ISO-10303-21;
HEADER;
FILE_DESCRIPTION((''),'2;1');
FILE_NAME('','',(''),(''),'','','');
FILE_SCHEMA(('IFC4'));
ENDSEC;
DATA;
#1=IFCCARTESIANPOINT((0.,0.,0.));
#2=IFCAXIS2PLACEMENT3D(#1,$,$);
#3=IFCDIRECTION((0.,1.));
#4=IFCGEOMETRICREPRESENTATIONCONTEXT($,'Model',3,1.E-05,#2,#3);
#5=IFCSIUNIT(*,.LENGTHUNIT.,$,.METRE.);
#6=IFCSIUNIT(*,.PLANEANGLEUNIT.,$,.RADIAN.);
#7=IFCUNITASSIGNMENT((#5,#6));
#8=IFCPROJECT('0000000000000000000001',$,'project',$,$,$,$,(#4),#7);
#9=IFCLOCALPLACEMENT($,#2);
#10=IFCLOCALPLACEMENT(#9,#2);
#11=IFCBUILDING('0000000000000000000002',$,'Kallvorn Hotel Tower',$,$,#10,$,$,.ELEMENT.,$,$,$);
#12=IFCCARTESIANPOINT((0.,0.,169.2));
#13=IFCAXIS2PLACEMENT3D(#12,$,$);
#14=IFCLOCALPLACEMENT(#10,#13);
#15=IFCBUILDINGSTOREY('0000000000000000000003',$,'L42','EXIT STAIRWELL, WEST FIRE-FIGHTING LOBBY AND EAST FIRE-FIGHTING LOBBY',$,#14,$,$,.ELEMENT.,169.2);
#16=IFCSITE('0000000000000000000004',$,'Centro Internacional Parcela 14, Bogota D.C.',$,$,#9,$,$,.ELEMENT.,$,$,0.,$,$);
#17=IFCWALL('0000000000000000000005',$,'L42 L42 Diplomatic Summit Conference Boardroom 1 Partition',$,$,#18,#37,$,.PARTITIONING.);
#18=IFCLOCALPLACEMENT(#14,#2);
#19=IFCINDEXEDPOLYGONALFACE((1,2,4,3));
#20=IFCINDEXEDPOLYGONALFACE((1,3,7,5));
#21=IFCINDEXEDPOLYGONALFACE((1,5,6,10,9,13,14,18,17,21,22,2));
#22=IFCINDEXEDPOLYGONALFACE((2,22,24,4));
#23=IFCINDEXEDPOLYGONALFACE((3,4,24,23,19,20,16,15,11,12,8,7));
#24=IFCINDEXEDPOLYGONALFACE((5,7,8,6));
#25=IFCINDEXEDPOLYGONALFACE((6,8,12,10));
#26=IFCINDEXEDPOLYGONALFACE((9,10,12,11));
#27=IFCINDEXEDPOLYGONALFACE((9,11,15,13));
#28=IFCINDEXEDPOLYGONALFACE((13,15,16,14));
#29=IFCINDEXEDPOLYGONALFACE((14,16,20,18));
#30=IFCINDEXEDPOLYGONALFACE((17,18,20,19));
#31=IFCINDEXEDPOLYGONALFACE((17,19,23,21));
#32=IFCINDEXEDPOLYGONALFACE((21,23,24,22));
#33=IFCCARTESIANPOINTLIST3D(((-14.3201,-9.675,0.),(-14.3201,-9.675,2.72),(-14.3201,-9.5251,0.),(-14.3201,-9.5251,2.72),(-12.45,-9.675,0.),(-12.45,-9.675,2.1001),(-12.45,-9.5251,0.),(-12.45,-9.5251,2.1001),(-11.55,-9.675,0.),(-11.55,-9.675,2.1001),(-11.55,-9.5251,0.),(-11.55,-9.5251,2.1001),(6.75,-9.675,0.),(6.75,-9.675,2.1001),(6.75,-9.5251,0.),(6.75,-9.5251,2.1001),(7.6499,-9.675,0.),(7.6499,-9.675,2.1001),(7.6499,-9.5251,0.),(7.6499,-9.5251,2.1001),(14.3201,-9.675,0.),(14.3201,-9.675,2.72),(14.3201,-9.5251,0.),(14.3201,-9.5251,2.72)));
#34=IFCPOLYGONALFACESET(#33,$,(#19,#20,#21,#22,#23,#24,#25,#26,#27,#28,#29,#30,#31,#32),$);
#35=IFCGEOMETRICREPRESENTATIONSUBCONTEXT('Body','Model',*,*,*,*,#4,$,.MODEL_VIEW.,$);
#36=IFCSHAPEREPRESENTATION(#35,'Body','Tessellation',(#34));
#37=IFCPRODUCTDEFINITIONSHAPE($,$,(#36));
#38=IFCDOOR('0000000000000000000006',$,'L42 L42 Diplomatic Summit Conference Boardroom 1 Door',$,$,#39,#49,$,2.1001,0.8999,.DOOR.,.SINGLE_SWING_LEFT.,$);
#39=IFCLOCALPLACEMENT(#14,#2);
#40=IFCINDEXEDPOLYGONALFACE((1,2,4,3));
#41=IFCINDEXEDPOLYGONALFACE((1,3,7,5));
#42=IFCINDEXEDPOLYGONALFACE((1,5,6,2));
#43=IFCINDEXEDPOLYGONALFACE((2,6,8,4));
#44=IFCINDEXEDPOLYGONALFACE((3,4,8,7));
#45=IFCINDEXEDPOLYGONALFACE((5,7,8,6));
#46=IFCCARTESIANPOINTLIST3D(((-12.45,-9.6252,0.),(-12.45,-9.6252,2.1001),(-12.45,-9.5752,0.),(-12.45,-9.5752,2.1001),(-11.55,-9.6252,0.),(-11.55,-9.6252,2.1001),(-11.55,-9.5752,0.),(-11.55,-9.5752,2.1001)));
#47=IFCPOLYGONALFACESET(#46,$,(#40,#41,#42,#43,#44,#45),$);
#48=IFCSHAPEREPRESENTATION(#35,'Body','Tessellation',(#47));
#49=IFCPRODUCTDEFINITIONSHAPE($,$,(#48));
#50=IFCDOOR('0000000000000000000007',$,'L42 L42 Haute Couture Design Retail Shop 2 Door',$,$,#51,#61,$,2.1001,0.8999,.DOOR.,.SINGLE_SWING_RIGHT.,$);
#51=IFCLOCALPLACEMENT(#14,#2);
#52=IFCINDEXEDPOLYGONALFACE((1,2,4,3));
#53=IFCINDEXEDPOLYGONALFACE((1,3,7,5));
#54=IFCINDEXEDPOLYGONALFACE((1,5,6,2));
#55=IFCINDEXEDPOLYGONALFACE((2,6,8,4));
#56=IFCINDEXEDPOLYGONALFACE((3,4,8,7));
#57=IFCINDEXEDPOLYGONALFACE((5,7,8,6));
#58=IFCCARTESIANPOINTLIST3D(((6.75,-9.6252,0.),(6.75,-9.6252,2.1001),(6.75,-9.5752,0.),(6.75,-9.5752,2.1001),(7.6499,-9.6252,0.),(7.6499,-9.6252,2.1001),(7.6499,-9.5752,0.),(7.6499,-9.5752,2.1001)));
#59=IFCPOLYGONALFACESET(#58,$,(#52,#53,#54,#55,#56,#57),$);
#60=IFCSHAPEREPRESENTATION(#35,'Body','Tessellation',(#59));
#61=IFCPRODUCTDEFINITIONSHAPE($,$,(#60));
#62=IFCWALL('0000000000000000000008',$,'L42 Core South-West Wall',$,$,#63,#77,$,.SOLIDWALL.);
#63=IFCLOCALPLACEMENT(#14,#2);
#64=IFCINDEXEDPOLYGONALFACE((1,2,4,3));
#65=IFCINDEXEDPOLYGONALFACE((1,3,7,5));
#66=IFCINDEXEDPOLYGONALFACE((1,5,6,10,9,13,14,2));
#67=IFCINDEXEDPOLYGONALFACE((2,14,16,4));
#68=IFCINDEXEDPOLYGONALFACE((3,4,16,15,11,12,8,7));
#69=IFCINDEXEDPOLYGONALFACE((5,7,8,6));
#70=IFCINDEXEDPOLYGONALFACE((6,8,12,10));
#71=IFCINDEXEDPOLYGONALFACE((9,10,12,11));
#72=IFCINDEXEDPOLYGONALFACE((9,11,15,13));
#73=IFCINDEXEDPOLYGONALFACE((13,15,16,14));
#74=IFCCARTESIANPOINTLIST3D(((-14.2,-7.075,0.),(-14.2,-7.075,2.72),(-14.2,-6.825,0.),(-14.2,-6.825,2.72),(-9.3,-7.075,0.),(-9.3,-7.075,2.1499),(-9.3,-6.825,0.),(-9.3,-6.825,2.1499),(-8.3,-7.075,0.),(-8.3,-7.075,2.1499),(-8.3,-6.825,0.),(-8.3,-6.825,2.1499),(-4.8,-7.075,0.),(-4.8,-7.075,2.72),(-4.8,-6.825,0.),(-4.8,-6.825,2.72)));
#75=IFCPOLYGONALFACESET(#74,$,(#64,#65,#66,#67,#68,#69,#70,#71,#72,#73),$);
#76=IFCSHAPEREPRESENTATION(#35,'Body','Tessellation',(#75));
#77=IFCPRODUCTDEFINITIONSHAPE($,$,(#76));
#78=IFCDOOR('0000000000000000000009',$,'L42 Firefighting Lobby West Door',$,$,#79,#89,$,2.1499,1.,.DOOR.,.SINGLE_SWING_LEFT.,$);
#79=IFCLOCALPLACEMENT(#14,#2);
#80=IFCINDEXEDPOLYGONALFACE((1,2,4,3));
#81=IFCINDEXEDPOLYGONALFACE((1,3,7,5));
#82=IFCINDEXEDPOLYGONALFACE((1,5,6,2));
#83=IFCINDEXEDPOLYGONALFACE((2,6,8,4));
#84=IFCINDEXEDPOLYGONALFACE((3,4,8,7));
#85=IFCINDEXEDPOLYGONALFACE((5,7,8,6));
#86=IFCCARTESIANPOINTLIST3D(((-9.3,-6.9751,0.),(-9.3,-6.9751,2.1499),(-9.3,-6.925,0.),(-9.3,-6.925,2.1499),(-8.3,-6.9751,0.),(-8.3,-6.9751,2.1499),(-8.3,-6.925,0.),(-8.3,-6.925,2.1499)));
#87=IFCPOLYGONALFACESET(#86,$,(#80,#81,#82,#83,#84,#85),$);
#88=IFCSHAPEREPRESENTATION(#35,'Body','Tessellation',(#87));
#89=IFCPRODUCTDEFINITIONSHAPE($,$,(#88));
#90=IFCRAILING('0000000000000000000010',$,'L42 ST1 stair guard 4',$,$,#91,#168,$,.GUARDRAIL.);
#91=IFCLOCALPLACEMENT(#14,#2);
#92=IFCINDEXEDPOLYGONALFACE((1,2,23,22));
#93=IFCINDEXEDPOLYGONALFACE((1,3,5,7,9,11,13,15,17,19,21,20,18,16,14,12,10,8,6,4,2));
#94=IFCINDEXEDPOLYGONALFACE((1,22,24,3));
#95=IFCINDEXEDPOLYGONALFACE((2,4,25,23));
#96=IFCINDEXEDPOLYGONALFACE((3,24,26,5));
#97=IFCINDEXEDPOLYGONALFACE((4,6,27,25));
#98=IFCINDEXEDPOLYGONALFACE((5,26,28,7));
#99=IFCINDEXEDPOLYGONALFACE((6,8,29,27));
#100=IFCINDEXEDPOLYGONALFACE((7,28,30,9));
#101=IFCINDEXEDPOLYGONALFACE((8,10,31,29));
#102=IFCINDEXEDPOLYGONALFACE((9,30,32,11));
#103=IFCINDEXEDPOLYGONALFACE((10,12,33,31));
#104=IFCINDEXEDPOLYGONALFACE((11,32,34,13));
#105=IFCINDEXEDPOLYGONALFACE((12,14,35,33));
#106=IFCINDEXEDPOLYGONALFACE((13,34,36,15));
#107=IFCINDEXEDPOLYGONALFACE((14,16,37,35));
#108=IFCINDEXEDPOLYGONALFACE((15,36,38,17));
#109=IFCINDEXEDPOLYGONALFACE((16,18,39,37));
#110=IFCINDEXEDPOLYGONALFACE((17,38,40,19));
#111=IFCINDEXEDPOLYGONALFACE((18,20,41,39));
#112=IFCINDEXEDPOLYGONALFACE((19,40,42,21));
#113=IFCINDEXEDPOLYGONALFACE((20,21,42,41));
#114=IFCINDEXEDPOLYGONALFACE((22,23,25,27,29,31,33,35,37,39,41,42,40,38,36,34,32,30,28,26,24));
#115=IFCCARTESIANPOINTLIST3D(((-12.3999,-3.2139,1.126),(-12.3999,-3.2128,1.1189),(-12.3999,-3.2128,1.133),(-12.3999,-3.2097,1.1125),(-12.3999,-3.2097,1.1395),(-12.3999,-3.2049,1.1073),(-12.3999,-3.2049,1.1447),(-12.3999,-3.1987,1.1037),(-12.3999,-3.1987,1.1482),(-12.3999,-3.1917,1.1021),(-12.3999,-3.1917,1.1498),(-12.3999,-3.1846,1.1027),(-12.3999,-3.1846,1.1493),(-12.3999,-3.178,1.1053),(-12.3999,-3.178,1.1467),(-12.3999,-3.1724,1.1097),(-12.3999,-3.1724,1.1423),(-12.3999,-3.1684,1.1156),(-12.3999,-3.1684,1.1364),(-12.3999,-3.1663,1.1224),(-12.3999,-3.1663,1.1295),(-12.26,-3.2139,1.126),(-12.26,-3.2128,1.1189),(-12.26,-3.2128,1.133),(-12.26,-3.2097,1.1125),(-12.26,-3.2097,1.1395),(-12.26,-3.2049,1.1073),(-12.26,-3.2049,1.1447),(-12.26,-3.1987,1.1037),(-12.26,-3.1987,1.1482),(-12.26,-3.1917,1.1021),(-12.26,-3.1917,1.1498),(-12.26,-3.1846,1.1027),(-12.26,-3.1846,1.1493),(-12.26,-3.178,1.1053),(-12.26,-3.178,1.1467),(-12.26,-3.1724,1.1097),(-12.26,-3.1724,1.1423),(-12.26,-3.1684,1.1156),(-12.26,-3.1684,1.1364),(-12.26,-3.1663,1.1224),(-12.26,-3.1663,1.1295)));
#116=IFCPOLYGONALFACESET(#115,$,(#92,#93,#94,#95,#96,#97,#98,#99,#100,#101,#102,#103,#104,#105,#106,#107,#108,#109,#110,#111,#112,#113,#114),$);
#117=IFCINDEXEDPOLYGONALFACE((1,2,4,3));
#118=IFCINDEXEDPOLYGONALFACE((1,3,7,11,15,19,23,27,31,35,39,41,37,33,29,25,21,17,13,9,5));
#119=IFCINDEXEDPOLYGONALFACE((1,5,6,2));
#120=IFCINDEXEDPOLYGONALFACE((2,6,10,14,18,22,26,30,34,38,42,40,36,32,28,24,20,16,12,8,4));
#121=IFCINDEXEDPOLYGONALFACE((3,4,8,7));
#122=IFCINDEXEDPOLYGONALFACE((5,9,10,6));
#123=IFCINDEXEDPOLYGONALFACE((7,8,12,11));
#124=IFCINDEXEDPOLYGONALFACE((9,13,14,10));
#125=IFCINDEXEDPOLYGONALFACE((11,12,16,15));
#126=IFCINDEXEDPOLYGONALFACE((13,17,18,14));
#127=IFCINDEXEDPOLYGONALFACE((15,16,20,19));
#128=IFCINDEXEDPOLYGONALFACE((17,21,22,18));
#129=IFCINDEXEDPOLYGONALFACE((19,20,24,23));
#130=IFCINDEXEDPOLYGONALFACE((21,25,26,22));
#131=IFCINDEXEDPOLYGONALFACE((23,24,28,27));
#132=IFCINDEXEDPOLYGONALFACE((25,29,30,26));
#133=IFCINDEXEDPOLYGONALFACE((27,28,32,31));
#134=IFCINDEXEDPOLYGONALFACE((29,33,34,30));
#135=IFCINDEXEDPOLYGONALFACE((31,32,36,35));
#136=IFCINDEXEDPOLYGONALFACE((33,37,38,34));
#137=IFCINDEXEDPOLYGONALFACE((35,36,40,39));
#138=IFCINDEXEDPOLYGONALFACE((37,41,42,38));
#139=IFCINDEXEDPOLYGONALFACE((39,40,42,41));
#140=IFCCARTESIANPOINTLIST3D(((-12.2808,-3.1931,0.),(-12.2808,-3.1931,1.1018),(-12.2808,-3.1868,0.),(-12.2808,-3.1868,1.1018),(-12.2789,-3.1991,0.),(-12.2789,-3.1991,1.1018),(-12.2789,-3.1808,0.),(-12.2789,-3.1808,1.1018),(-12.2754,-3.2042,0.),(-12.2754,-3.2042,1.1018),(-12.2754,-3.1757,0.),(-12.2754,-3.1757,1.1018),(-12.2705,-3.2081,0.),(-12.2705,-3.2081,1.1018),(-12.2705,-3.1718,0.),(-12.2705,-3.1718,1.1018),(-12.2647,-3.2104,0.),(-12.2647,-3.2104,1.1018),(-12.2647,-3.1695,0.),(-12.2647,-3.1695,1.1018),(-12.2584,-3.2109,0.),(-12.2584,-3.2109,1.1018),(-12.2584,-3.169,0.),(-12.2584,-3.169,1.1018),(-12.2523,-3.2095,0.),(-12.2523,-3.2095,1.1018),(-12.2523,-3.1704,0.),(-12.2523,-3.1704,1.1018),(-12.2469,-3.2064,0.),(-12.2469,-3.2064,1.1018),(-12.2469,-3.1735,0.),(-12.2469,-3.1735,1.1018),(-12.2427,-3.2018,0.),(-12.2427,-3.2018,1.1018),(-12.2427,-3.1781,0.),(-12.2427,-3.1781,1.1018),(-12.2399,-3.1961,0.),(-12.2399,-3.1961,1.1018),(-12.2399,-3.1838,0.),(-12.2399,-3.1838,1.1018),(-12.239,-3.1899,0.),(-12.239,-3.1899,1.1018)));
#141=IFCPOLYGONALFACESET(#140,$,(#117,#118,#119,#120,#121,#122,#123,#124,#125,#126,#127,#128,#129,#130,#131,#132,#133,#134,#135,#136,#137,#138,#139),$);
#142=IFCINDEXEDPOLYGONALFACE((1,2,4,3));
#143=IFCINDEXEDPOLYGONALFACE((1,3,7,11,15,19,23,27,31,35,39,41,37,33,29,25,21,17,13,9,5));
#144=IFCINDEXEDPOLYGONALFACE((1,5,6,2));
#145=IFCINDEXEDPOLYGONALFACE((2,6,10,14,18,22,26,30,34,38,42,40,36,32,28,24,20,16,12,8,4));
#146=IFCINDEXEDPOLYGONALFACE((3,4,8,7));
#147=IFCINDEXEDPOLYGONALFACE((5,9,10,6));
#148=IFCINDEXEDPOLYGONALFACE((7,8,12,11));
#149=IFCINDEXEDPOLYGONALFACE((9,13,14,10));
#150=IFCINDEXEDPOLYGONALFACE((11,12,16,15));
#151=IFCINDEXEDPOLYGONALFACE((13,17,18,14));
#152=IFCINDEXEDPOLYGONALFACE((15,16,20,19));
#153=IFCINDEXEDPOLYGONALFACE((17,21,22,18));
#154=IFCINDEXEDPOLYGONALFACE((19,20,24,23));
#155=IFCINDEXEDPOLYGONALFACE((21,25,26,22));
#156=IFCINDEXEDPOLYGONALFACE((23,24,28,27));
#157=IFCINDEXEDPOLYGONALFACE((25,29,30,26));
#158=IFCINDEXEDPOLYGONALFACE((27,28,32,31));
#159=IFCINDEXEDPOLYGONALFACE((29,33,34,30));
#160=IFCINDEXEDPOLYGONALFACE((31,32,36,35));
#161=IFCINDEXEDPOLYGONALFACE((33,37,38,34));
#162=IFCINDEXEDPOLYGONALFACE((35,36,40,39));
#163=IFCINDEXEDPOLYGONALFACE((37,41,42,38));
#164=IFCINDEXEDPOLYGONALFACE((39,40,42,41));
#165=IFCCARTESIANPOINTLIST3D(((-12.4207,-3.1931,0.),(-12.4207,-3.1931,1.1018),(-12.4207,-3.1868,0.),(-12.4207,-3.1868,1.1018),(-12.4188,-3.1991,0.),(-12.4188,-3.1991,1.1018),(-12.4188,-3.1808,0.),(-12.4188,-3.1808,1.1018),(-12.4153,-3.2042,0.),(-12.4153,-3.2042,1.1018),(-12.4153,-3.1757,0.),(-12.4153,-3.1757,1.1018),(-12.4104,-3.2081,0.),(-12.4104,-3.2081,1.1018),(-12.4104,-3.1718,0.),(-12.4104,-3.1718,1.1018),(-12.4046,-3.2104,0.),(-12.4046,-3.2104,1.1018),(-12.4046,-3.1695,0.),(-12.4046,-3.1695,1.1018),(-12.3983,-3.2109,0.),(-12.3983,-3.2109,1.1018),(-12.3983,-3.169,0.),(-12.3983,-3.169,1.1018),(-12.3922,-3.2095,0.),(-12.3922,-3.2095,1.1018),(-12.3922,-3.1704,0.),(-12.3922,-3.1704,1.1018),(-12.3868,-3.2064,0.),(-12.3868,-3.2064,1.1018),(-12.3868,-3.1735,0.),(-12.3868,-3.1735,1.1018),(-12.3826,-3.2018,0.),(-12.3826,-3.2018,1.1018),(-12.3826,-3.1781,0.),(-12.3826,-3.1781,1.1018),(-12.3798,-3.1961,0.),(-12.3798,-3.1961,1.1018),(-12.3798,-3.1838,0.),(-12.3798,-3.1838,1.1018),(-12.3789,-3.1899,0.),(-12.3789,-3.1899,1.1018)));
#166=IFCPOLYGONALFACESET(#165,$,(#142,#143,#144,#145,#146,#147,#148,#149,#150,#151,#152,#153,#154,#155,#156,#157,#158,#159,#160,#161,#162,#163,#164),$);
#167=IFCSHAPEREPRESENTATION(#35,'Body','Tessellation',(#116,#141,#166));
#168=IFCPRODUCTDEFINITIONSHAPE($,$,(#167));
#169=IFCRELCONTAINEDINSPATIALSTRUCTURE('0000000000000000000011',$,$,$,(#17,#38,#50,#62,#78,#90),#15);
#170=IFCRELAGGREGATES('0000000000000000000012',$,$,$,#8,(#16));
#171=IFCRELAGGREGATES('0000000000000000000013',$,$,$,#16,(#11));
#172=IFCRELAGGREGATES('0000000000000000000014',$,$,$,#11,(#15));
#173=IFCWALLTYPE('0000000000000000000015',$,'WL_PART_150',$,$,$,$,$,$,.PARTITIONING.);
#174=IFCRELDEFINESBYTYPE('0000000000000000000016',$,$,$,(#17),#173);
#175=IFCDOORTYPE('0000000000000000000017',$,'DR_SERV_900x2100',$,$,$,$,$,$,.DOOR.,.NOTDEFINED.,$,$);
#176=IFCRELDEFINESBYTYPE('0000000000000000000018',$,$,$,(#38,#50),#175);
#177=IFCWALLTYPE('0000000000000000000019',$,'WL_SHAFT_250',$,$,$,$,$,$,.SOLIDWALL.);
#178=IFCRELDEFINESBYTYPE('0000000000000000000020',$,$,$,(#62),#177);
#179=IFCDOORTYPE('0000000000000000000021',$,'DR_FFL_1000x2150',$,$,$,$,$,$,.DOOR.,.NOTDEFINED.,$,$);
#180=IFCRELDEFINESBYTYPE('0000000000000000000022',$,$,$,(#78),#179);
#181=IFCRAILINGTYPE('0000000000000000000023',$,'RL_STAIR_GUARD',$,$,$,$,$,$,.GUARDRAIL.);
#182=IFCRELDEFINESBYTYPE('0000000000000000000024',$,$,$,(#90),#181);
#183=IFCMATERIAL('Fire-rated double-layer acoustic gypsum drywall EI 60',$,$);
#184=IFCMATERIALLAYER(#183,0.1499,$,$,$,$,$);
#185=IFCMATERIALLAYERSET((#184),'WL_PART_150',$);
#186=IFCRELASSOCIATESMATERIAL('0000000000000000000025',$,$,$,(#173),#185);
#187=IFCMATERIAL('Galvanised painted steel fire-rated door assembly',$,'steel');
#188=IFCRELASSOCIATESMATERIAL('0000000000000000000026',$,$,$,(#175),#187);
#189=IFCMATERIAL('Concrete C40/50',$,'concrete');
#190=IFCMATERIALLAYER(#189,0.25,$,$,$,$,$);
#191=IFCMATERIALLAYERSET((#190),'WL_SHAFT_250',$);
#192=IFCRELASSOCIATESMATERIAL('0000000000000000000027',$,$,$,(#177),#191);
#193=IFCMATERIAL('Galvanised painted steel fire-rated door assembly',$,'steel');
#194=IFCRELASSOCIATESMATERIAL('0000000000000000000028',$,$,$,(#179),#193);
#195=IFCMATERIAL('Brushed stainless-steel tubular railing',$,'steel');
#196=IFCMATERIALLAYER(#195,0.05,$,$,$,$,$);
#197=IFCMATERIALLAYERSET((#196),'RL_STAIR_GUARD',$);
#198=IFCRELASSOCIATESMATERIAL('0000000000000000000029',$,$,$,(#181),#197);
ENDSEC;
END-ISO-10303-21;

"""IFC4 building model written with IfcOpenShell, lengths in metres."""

from ifc_helpers import new_model, si_unit, direction, frame, frame_2d, origin, origin_2d, place, context, subcontext, project, spatial, rectangle, circle, extrude, material, layer, layer_set, type_object, element, fill, save


model = new_model("IFC4")

# Units and contexts
model_context = context("Model", 3, precision=1e-05, world=origin(), true_north=direction((0.0, 1.0)))
body_context = subcontext(model_context, "Body", "Model", "MODEL_VIEW")
ifc_project = project(units=[si_unit("LENGTHUNIT", "METRE"), si_unit("PLANEANGLEUNIT", "RADIAN")], contexts=[model_context])

# Site, building, storey
site_placement = place(None, origin())
site = spatial("IfcSite", under=ifc_project, at=site_placement, Name="Centro Internacional Parcela 14, Bogota D.C.", CompositionType="ELEMENT", RefElevation=0.0)
building_placement = place(site_placement, origin())
building = spatial("IfcBuilding", under=site, at=building_placement, Name="Kallvorn Hotel Tower", CompositionType="ELEMENT")
storey_placement = place(building_placement, frame((0.0, 0.0, 169.2)))
storey = spatial("IfcBuildingStorey", under=building, at=storey_placement, Name="L42", Description="EXIT STAIRWELL, WEST FIRE-FIGHTING LOBBY AND EAST FIRE-FIGHTING LOBBY", CompositionType="ELEMENT", Elevation=169.2)

# Wall, openings, doors
ifc_material_1 = material(Name="Fire-rated double-layer acoustic gypsum drywall EI 60")
ifc_layer_1 = layer(ifc_material_1, 0.1499)
ifc_layer_set_1 = layer_set([ifc_layer_1], Name="WL_PART_150")
wall_type_1 = type_object("IfcWallType", Name="WL_PART_150", PredefinedType="PARTITIONING", material=ifc_layer_set_1)
wall_1_placement = place(storey_placement, frame((-14.3201, -9.6001, 0.0), z_axis=(0.0, 0.0, 1.0), x_axis=(1.0, 0.0, 0.0)))
wall_1 = element("IfcWall", 1, at=wall_1_placement, inside=storey, type_object=wall_type_1, Name="L42 L42 Diplomatic Summit Conference Boardroom 1 Partition", PredefinedType="PARTITIONING", context=body_context, shape_type="SweptSolid", body=[
    extrude(rectangle(XDim=28.6401, YDim=0.1499, at=frame_2d((14.3201, 0.0))), origin(), (0.0, 0.0, 1.0), 2.72),
])
opening_1_placement = place(wall_1_placement, frame((1.8701, 0.0, 0.0)))
opening_1 = element("IfcOpeningElement", 2, at=opening_1_placement, cuts=wall_1, PredefinedType="OPENING", context=body_context, shape_type="SweptSolid", body=[
    extrude(rectangle(XDim=0.8999, YDim=2.1001, at=frame_2d((0.45, 1.05))), frame((0.0, 0.0898, 0.0), z_axis=(0.0, -1.0, 0.0), x_axis=(1.0, 0.0, 0.0)), (0.0, 0.0, 1.0), 0.1799),
])
opening_2_placement = place(wall_1_placement, frame((21.0701, 0.0, 0.0)))
opening_2 = element("IfcOpeningElement", 3, at=opening_2_placement, cuts=wall_1, PredefinedType="OPENING", context=body_context, shape_type="SweptSolid", body=[
    extrude(rectangle(XDim=0.8999, YDim=2.1001, at=frame_2d((0.45, 1.05))), frame((0.0, 0.0898, 0.0), z_axis=(0.0, -1.0, 0.0), x_axis=(1.0, 0.0, 0.0)), (0.0, 0.0, 1.0), 0.1799),
])
ifc_material_2 = material(Name="Galvanised painted steel fire-rated door assembly", Category="steel")
door_type_1 = type_object("IfcDoorType", Name="DR_SERV_900x2100", OperationType="NOTDEFINED", PredefinedType="DOOR", material=ifc_material_2)
door_1_placement = place(opening_1_placement, origin())
door_1 = element("IfcDoor", 4, at=door_1_placement, inside=storey, type_object=door_type_1, Name="L42 L42 Diplomatic Summit Conference Boardroom 1 Door", OperationType="SINGLE_SWING_LEFT", OverallHeight=2.1001, OverallWidth=0.8999, PredefinedType="DOOR", context=body_context, shape_type="SweptSolid", body=[
    extrude(rectangle(XDim=0.8999, YDim=2.1001, at=frame_2d((0.45, 1.05))), frame((0.0, 0.0249, 0.0), z_axis=(0.0, -1.0, 0.0), x_axis=(1.0, 0.0, 0.0)), (0.0, 0.0, 1.0), 0.05),
])
fill(opening_1, door_1)
door_2_placement = place(opening_2_placement, origin())
door_2 = element("IfcDoor", 5, at=door_2_placement, inside=storey, type_object=door_type_1, Name="L42 L42 Haute Couture Design Retail Shop 2 Door", OperationType="SINGLE_SWING_RIGHT", OverallHeight=2.1001, OverallWidth=0.8999, PredefinedType="DOOR", context=body_context, shape_type="SweptSolid", body=[
    extrude(rectangle(XDim=0.8999, YDim=2.1001, at=frame_2d((0.45, 1.05))), frame((0.0, 0.0249, 0.0), z_axis=(0.0, -1.0, 0.0), x_axis=(1.0, 0.0, 0.0)), (0.0, 0.0, 1.0), 0.05),
])
fill(opening_2, door_2)

# Wall, opening, door
ifc_material_3 = material(Name="Concrete C40/50", Category="concrete")
ifc_layer_2 = layer(ifc_material_3, 0.25)
ifc_layer_set_2 = layer_set([ifc_layer_2], Name="WL_SHAFT_250")
wall_type_2 = type_object("IfcWallType", Name="WL_SHAFT_250", PredefinedType="SOLIDWALL", material=ifc_layer_set_2)
wall_2_placement = place(storey_placement, frame((-14.2, -6.95, 0.0), z_axis=(0.0, 0.0, 1.0), x_axis=(1.0, 0.0, 0.0)))
wall_2 = element("IfcWall", 6, at=wall_2_placement, inside=storey, type_object=wall_type_2, Name="L42 Core South-West Wall", PredefinedType="SOLIDWALL", context=body_context, shape_type="SweptSolid", body=[
    extrude(rectangle(XDim=9.3999, YDim=0.25, at=frame_2d((4.7, 0.0))), origin(), (0.0, 0.0, 1.0), 2.72),
])
opening_3_placement = place(wall_2_placement, frame((4.8999, 0.0, 0.0)))
opening_3 = element("IfcOpeningElement", 7, at=opening_3_placement, cuts=wall_2, PredefinedType="OPENING", context=body_context, shape_type="SweptSolid", body=[
    extrude(rectangle(XDim=1.0, YDim=2.1499, at=frame_2d((0.5, 1.075))), frame((0.0, 0.1399, 0.0), z_axis=(0.0, -1.0, 0.0), x_axis=(1.0, 0.0, 0.0)), (0.0, 0.0, 1.0), 0.28),
])
ifc_material_4 = material(Name="Galvanised painted steel fire-rated door assembly", Category="steel")
door_type_2 = type_object("IfcDoorType", Name="DR_FFL_1000x2150", OperationType="NOTDEFINED", PredefinedType="DOOR", material=ifc_material_4)
door_3_placement = place(opening_3_placement, origin())
door_3 = element("IfcDoor", 8, at=door_3_placement, inside=storey, type_object=door_type_2, Name="L42 Firefighting Lobby West Door", OperationType="SINGLE_SWING_LEFT", OverallHeight=2.1499, OverallWidth=1.0, PredefinedType="DOOR", context=body_context, shape_type="SweptSolid", body=[
    extrude(rectangle(XDim=1.0, YDim=2.1499, at=frame_2d((0.5, 1.075))), frame((0.0, 0.0249, 0.0), z_axis=(0.0, -1.0, 0.0), x_axis=(1.0, 0.0, 0.0)), (0.0, 0.0, 1.0), 0.05),
])
fill(opening_3, door_3)

# Railing
ifc_material_5 = material(Name="Brushed stainless-steel tubular railing", Category="steel")
ifc_layer_3 = layer(ifc_material_5, 0.05)
ifc_layer_set_3 = layer_set([ifc_layer_3], Name="RL_STAIR_GUARD")
railing_type = type_object("IfcRailingType", Name="RL_STAIR_GUARD", PredefinedType="GUARDRAIL", material=ifc_layer_set_3)
railing_placement = place(storey_placement, frame((-12.26, -3.1899, 0.0)))
element("IfcRailing", 9, at=railing_placement, inside=storey, type_object=railing_type, Name="L42 ST1 stair guard 4", PredefinedType="GUARDRAIL", context=body_context, shape_type="SweptSolid", body=[
    extrude(circle(Radius=0.0239, at=origin_2d()), frame((0.0, 0.0, 1.126), z_axis=(-1.0, 0.0, 0.0), x_axis=(0.0, -1.0, 0.0)), (0.0, 0.0, 1.0), 0.1399),
    extrude(circle(Radius=0.021, at=origin_2d()), origin(), (0.0, 0.0, 1.0), 1.1018),
    extrude(circle(Radius=0.021, at=origin_2d()), frame((-0.1399, 0.0, 0.0)), (0.0, 0.0, 1.0), 1.1018),
])

save(model, "model.ifc")
